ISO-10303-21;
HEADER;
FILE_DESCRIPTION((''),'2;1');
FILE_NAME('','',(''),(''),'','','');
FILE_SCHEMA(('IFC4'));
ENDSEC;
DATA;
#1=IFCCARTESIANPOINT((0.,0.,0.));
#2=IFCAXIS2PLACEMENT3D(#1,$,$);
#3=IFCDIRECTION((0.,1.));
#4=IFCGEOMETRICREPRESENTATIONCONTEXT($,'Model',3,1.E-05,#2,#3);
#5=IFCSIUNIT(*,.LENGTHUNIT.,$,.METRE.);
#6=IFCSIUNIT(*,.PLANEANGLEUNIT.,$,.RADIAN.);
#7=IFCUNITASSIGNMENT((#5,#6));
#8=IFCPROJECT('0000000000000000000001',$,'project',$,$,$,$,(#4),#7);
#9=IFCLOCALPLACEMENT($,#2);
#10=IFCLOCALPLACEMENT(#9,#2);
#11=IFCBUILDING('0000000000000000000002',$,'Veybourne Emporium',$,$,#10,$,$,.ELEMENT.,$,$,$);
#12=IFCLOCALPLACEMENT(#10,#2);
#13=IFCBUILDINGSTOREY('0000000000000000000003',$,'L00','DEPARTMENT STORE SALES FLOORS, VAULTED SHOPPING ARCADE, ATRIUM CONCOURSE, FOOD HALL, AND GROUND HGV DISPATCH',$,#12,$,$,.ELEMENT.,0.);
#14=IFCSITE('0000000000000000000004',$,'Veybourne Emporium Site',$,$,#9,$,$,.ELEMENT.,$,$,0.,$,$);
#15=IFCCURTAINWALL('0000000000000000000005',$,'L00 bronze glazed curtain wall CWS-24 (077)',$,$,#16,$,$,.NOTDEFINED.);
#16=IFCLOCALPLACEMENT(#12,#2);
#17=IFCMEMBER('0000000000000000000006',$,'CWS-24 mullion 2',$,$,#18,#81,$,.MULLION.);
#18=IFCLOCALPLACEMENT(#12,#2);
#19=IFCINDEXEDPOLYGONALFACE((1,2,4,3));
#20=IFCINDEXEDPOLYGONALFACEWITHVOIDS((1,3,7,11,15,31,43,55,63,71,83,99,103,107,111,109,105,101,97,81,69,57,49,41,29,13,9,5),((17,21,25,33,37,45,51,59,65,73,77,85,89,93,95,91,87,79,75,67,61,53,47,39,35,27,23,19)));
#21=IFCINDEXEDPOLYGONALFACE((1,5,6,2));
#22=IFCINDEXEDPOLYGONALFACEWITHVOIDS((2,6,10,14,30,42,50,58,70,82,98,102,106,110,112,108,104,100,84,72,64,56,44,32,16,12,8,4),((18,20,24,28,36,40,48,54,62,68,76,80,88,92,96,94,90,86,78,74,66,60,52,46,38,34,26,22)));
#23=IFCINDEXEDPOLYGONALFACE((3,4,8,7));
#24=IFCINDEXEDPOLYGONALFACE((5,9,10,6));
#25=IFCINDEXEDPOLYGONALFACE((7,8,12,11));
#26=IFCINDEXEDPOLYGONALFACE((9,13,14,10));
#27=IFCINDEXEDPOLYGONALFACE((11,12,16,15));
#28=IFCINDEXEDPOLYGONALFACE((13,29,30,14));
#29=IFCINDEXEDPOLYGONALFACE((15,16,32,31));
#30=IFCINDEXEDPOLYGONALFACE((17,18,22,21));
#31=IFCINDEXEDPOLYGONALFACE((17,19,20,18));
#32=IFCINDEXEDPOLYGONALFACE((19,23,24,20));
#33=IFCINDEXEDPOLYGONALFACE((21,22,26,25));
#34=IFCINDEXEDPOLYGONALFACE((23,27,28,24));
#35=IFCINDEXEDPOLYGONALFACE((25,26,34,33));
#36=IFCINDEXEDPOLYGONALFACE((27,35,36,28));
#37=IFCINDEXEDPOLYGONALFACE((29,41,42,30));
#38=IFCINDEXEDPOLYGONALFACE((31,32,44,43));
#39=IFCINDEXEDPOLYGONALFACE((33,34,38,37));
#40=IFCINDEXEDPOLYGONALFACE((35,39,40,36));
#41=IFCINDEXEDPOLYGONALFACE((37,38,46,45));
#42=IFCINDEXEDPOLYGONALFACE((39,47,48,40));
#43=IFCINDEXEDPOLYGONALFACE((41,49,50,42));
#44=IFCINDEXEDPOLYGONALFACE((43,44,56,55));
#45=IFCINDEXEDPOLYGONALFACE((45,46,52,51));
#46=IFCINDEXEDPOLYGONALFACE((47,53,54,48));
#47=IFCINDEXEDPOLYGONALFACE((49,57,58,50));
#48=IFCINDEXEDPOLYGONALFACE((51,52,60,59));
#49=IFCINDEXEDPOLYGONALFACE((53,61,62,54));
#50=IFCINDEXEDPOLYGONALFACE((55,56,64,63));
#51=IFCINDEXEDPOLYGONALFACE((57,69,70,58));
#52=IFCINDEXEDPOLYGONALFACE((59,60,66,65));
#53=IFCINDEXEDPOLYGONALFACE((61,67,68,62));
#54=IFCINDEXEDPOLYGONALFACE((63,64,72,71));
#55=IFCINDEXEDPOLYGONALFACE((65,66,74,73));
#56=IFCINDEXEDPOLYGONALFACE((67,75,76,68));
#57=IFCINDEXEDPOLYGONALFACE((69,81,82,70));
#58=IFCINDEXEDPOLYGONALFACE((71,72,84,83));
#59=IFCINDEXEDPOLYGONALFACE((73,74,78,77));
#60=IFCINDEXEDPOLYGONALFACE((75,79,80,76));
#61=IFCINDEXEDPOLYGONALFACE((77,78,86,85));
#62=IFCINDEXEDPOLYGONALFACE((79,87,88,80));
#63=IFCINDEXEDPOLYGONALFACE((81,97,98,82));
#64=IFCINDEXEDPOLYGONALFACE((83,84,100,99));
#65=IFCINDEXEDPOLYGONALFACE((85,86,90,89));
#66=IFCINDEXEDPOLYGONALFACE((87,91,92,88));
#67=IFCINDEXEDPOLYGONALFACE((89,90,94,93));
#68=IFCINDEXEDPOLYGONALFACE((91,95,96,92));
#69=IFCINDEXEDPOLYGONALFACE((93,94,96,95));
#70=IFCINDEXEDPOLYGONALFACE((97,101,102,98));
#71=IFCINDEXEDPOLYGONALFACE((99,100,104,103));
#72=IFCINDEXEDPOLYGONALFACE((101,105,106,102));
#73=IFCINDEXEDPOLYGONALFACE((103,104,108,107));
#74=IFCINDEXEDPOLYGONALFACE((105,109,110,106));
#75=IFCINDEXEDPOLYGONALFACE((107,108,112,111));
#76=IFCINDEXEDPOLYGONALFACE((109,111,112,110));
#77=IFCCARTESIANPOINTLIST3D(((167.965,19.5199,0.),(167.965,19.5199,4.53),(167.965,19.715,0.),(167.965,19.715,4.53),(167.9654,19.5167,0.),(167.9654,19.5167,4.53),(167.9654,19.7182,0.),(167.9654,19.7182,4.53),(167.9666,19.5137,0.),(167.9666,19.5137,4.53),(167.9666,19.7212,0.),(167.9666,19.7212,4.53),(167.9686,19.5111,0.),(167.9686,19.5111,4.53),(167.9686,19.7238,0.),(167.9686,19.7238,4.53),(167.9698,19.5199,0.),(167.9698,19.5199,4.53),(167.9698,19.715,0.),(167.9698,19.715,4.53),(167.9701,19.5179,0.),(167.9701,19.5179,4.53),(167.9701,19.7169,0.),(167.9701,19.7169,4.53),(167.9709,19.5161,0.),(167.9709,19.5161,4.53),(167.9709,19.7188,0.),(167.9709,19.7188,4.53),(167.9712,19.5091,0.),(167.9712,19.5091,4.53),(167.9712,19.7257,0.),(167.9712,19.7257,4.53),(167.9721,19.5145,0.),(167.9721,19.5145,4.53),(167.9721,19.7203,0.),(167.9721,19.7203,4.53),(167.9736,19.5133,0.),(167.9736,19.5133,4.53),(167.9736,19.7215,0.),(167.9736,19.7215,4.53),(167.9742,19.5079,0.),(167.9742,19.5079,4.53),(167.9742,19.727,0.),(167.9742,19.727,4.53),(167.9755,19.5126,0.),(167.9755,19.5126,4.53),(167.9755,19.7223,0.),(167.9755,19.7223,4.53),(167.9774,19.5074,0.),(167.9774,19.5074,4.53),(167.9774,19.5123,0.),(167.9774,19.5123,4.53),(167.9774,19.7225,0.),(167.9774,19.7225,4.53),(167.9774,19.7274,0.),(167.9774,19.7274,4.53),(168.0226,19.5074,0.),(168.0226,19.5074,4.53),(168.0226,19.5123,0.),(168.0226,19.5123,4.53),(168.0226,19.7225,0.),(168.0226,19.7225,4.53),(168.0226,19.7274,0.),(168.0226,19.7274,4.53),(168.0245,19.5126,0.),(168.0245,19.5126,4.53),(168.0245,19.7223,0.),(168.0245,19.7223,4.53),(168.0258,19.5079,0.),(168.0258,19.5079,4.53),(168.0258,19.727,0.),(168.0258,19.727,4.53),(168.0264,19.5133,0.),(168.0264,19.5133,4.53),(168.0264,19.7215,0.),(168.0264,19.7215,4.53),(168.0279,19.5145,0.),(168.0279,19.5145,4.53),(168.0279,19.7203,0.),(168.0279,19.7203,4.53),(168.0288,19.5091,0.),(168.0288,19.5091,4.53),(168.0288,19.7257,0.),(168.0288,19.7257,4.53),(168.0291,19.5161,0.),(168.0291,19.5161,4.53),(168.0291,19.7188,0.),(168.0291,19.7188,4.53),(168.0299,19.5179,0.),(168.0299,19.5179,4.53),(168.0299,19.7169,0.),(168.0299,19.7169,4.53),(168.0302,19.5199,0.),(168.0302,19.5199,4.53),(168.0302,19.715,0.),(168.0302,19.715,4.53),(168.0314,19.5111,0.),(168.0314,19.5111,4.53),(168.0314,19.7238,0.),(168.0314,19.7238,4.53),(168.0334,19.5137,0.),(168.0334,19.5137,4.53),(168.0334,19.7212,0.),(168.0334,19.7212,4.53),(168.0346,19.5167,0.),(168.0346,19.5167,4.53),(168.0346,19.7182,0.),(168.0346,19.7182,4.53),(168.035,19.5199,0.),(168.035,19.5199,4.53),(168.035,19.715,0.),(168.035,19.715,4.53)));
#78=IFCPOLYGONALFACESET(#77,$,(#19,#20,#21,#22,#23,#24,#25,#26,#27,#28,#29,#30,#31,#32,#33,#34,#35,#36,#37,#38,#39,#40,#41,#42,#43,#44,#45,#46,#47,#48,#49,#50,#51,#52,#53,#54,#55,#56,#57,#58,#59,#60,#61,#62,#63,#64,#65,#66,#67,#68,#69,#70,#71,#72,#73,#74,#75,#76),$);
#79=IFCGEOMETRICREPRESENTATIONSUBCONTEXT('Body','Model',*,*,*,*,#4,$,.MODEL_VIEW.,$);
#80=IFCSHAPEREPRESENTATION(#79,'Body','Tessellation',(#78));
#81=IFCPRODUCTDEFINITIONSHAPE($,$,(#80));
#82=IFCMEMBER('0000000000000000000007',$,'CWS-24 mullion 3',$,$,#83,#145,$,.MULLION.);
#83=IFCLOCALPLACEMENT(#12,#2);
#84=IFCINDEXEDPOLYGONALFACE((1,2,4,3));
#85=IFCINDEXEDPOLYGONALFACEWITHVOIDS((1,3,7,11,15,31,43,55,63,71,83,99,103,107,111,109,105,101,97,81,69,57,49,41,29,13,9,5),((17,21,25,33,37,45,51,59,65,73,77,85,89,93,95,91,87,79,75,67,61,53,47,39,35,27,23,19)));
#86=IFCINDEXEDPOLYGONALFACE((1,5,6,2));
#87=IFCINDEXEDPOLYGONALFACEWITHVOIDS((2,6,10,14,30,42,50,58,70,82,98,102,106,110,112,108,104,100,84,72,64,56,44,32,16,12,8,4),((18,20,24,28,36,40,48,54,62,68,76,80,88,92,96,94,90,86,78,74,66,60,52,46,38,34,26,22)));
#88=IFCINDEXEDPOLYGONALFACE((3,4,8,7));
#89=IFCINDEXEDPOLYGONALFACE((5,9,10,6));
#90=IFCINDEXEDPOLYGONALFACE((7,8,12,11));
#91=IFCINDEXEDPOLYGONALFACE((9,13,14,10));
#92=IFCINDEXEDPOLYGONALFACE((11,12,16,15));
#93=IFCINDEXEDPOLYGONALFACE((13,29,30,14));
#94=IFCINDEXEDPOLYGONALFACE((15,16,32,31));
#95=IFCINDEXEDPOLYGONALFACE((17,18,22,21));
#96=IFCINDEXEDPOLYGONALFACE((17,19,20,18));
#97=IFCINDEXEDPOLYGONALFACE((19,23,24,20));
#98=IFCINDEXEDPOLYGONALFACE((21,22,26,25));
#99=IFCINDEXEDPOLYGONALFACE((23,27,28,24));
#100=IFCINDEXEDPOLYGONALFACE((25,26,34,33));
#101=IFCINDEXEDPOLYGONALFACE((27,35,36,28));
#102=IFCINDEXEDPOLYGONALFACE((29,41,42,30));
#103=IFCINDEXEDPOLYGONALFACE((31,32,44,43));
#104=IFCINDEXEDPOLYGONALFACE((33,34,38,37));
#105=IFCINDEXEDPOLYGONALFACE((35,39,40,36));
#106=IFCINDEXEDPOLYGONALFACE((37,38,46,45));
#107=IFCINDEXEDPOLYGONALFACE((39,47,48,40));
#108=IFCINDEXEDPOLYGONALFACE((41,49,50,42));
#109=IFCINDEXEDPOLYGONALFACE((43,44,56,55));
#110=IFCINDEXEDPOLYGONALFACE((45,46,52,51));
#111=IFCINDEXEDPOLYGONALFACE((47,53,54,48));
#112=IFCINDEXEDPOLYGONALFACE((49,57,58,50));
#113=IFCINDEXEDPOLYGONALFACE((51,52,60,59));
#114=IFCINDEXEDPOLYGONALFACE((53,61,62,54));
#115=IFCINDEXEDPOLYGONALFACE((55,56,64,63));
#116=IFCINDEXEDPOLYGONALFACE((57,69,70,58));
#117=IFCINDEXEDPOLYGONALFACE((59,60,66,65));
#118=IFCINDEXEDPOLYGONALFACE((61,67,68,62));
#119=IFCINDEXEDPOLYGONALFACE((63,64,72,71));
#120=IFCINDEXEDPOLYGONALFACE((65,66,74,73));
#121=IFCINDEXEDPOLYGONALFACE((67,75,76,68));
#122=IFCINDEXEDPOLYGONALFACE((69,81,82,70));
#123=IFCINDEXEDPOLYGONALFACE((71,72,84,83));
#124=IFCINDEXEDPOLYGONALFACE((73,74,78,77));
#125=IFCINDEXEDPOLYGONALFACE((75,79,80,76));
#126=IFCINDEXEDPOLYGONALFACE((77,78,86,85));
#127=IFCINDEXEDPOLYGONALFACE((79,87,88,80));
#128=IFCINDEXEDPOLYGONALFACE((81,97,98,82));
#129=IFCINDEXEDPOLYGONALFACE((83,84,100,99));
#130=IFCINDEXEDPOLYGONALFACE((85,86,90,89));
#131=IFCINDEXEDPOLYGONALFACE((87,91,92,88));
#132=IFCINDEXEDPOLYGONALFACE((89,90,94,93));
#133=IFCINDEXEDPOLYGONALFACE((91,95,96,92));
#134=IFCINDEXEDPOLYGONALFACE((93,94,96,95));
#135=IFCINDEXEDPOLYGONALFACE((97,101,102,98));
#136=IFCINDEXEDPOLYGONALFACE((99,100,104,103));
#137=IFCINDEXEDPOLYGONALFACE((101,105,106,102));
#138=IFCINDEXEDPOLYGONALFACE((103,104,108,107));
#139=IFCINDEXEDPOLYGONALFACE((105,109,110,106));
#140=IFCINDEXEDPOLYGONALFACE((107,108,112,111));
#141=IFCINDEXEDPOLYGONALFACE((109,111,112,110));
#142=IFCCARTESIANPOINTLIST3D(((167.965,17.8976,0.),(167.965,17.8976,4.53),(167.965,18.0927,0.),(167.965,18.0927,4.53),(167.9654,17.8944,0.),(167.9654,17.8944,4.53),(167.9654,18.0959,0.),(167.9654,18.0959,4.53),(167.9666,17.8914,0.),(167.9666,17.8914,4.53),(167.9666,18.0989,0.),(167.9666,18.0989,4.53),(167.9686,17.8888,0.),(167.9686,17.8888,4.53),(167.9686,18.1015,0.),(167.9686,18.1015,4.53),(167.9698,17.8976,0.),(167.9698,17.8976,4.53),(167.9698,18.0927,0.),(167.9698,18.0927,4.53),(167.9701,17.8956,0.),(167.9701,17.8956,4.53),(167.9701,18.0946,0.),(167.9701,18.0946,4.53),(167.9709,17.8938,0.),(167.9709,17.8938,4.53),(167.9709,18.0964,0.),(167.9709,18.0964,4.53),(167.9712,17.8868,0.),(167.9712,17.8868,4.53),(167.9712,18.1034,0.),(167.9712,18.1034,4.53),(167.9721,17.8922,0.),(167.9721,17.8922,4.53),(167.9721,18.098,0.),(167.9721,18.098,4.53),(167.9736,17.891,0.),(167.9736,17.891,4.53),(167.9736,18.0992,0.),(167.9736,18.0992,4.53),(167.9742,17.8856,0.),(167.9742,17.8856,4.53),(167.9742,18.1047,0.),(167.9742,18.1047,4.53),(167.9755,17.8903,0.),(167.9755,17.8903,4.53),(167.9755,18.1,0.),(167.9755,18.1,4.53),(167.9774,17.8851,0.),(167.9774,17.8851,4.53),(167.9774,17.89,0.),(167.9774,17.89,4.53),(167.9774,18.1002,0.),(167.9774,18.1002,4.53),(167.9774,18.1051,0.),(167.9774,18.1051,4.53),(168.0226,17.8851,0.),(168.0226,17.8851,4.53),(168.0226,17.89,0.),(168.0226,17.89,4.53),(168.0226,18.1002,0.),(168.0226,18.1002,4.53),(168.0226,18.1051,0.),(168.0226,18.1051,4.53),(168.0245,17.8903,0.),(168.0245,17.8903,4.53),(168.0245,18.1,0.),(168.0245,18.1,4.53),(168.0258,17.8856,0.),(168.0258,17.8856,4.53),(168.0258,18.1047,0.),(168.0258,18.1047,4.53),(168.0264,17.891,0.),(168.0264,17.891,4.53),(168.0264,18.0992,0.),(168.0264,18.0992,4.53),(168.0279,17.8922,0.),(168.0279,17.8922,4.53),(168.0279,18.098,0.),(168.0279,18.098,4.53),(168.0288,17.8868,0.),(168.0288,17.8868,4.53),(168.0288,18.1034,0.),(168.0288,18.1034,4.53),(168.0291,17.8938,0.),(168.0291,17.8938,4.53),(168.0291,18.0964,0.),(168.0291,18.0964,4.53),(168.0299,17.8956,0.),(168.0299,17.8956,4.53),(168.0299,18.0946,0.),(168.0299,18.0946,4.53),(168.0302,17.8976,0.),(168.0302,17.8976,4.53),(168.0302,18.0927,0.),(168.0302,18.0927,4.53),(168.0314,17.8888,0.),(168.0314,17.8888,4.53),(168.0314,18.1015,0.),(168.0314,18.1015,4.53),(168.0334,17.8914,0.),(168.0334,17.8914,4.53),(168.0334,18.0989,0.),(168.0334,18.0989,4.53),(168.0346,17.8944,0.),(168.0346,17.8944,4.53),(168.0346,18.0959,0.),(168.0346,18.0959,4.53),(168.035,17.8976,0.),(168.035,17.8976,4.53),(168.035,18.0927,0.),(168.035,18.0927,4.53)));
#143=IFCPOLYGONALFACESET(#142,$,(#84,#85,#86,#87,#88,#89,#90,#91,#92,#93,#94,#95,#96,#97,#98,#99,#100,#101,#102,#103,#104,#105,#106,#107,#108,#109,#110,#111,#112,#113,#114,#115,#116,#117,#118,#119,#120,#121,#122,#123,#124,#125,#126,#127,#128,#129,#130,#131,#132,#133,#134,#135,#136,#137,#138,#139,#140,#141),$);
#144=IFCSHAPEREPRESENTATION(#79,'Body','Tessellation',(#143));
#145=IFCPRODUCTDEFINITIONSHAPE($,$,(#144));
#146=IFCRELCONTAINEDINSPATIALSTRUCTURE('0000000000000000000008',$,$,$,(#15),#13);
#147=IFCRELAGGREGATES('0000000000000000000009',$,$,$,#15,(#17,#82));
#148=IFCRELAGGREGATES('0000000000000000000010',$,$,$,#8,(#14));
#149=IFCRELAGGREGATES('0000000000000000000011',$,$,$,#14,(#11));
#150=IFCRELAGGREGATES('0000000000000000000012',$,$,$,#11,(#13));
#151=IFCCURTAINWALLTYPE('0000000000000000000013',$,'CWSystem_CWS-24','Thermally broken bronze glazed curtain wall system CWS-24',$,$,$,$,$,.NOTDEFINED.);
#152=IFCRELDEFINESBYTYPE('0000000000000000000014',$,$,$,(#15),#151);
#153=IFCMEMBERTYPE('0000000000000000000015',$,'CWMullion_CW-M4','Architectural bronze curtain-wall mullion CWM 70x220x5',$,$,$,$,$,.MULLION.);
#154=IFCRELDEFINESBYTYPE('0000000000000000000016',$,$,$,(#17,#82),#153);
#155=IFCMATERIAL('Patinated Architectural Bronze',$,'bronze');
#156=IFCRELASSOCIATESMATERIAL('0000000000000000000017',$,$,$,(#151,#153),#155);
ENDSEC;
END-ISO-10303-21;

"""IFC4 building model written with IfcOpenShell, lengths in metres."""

from ifc_helpers import new_model, si_unit, direction, frame, origin, origin_2d, place, context, subcontext, project, spatial, hollow_rectangle, extrude, material, material_profile, profile_set, type_object, element, aggregate, save


model = new_model("IFC4")

# Units and contexts
model_context = context("Model", 3, precision=1e-05, world=origin(), true_north=direction((0.0, 1.0)))
body_context = subcontext(model_context, "Body", "Model", "MODEL_VIEW")
ifc_project = project(units=[si_unit("LENGTHUNIT", "METRE"), si_unit("PLANEANGLEUNIT", "RADIAN")], contexts=[model_context])

# Site, building, storey
site_placement = place(None, origin())
site = spatial("IfcSite", under=ifc_project, at=site_placement, Name="Veybourne Emporium Site", CompositionType="ELEMENT", RefElevation=0.0)
building_placement = place(site_placement, origin())
building = spatial("IfcBuilding", under=site, at=building_placement, Name="Veybourne Emporium", CompositionType="ELEMENT")
storey_placement = place(building_placement, origin())
storey = spatial("IfcBuildingStorey", under=building, at=storey_placement, Name="L00", Description="DEPARTMENT STORE SALES FLOORS, VAULTED SHOPPING ARCADE, ATRIUM CONCOURSE, FOOD HALL, AND GROUND HGV DISPATCH", CompositionType="ELEMENT", Elevation=0.0)

# Curtain wall, members
ifc_material_1 = material(Name="Patinated Architectural Bronze", Category="bronze")
curtain_wall_type_1 = type_object("IfcCurtainWallType", Name="CWSystem_CWS-24", Description="Thermally broken bronze glazed curtain wall system CWS-24", PredefinedType="NOTDEFINED", material=ifc_material_1)
curtain_wall_1_placement = place(storey_placement, origin())
curtain_wall_1 = element("IfcCurtainWall", 1, at=curtain_wall_1_placement, inside=storey, type_object=curtain_wall_type_1, Name="L00 bronze glazed curtain wall CWS-24 (077)", PredefinedType="NOTDEFINED")
ifc_material_profile_1 = material_profile(ifc_material_1, hollow_rectangle(XDim=0.0701, YDim=0.22, WallThickness=0.0049, InnerFilletRadius=0.0076, OuterFilletRadius=0.0125, at=origin_2d()), Name="CWM 70x220x5")
ifc_profile_set_1 = profile_set([ifc_material_profile_1], Name="Patinated Architectural Bronze")
member_type_1 = type_object("IfcMemberType", Name="CWMullion_CW-M4", Description="Architectural bronze curtain-wall mullion CWM 70x220x5", PredefinedType="MULLION", material=ifc_profile_set_1)
member_1_placement = place(storey_placement, frame((168.0, 19.6174, 0.0), z_axis=(0.0, 0.0, 1.0), x_axis=(1.0, 0.0, 0.0)))
member_1 = element("IfcMember", 2, at=member_1_placement, type_object=member_type_1, Name="CWS-24 mullion 2", PredefinedType="MULLION", context=body_context, shape_type="SweptSolid", body=[
    extrude(hollow_rectangle(XDim=0.0701, YDim=0.22, WallThickness=0.0049, InnerFilletRadius=0.0076, OuterFilletRadius=0.0125, at=origin_2d()), origin(), (0.0, 0.0, 1.0), 4.53),
])
member_2_placement = place(storey_placement, frame((168.0, 17.9951, 0.0), z_axis=(0.0, 0.0, 1.0), x_axis=(1.0, 0.0, 0.0)))
member_2 = element("IfcMember", 3, at=member_2_placement, type_object=member_type_1, Name="CWS-24 mullion 3", PredefinedType="MULLION", context=body_context, shape_type="SweptSolid", body=[
    extrude(hollow_rectangle(XDim=0.0701, YDim=0.22, WallThickness=0.0049, InnerFilletRadius=0.0076, OuterFilletRadius=0.0125, at=origin_2d()), origin(), (0.0, 0.0, 1.0), 4.53),
])

aggregate(curtain_wall_1, [member_1, member_2])

save(model, "model.ifc")
